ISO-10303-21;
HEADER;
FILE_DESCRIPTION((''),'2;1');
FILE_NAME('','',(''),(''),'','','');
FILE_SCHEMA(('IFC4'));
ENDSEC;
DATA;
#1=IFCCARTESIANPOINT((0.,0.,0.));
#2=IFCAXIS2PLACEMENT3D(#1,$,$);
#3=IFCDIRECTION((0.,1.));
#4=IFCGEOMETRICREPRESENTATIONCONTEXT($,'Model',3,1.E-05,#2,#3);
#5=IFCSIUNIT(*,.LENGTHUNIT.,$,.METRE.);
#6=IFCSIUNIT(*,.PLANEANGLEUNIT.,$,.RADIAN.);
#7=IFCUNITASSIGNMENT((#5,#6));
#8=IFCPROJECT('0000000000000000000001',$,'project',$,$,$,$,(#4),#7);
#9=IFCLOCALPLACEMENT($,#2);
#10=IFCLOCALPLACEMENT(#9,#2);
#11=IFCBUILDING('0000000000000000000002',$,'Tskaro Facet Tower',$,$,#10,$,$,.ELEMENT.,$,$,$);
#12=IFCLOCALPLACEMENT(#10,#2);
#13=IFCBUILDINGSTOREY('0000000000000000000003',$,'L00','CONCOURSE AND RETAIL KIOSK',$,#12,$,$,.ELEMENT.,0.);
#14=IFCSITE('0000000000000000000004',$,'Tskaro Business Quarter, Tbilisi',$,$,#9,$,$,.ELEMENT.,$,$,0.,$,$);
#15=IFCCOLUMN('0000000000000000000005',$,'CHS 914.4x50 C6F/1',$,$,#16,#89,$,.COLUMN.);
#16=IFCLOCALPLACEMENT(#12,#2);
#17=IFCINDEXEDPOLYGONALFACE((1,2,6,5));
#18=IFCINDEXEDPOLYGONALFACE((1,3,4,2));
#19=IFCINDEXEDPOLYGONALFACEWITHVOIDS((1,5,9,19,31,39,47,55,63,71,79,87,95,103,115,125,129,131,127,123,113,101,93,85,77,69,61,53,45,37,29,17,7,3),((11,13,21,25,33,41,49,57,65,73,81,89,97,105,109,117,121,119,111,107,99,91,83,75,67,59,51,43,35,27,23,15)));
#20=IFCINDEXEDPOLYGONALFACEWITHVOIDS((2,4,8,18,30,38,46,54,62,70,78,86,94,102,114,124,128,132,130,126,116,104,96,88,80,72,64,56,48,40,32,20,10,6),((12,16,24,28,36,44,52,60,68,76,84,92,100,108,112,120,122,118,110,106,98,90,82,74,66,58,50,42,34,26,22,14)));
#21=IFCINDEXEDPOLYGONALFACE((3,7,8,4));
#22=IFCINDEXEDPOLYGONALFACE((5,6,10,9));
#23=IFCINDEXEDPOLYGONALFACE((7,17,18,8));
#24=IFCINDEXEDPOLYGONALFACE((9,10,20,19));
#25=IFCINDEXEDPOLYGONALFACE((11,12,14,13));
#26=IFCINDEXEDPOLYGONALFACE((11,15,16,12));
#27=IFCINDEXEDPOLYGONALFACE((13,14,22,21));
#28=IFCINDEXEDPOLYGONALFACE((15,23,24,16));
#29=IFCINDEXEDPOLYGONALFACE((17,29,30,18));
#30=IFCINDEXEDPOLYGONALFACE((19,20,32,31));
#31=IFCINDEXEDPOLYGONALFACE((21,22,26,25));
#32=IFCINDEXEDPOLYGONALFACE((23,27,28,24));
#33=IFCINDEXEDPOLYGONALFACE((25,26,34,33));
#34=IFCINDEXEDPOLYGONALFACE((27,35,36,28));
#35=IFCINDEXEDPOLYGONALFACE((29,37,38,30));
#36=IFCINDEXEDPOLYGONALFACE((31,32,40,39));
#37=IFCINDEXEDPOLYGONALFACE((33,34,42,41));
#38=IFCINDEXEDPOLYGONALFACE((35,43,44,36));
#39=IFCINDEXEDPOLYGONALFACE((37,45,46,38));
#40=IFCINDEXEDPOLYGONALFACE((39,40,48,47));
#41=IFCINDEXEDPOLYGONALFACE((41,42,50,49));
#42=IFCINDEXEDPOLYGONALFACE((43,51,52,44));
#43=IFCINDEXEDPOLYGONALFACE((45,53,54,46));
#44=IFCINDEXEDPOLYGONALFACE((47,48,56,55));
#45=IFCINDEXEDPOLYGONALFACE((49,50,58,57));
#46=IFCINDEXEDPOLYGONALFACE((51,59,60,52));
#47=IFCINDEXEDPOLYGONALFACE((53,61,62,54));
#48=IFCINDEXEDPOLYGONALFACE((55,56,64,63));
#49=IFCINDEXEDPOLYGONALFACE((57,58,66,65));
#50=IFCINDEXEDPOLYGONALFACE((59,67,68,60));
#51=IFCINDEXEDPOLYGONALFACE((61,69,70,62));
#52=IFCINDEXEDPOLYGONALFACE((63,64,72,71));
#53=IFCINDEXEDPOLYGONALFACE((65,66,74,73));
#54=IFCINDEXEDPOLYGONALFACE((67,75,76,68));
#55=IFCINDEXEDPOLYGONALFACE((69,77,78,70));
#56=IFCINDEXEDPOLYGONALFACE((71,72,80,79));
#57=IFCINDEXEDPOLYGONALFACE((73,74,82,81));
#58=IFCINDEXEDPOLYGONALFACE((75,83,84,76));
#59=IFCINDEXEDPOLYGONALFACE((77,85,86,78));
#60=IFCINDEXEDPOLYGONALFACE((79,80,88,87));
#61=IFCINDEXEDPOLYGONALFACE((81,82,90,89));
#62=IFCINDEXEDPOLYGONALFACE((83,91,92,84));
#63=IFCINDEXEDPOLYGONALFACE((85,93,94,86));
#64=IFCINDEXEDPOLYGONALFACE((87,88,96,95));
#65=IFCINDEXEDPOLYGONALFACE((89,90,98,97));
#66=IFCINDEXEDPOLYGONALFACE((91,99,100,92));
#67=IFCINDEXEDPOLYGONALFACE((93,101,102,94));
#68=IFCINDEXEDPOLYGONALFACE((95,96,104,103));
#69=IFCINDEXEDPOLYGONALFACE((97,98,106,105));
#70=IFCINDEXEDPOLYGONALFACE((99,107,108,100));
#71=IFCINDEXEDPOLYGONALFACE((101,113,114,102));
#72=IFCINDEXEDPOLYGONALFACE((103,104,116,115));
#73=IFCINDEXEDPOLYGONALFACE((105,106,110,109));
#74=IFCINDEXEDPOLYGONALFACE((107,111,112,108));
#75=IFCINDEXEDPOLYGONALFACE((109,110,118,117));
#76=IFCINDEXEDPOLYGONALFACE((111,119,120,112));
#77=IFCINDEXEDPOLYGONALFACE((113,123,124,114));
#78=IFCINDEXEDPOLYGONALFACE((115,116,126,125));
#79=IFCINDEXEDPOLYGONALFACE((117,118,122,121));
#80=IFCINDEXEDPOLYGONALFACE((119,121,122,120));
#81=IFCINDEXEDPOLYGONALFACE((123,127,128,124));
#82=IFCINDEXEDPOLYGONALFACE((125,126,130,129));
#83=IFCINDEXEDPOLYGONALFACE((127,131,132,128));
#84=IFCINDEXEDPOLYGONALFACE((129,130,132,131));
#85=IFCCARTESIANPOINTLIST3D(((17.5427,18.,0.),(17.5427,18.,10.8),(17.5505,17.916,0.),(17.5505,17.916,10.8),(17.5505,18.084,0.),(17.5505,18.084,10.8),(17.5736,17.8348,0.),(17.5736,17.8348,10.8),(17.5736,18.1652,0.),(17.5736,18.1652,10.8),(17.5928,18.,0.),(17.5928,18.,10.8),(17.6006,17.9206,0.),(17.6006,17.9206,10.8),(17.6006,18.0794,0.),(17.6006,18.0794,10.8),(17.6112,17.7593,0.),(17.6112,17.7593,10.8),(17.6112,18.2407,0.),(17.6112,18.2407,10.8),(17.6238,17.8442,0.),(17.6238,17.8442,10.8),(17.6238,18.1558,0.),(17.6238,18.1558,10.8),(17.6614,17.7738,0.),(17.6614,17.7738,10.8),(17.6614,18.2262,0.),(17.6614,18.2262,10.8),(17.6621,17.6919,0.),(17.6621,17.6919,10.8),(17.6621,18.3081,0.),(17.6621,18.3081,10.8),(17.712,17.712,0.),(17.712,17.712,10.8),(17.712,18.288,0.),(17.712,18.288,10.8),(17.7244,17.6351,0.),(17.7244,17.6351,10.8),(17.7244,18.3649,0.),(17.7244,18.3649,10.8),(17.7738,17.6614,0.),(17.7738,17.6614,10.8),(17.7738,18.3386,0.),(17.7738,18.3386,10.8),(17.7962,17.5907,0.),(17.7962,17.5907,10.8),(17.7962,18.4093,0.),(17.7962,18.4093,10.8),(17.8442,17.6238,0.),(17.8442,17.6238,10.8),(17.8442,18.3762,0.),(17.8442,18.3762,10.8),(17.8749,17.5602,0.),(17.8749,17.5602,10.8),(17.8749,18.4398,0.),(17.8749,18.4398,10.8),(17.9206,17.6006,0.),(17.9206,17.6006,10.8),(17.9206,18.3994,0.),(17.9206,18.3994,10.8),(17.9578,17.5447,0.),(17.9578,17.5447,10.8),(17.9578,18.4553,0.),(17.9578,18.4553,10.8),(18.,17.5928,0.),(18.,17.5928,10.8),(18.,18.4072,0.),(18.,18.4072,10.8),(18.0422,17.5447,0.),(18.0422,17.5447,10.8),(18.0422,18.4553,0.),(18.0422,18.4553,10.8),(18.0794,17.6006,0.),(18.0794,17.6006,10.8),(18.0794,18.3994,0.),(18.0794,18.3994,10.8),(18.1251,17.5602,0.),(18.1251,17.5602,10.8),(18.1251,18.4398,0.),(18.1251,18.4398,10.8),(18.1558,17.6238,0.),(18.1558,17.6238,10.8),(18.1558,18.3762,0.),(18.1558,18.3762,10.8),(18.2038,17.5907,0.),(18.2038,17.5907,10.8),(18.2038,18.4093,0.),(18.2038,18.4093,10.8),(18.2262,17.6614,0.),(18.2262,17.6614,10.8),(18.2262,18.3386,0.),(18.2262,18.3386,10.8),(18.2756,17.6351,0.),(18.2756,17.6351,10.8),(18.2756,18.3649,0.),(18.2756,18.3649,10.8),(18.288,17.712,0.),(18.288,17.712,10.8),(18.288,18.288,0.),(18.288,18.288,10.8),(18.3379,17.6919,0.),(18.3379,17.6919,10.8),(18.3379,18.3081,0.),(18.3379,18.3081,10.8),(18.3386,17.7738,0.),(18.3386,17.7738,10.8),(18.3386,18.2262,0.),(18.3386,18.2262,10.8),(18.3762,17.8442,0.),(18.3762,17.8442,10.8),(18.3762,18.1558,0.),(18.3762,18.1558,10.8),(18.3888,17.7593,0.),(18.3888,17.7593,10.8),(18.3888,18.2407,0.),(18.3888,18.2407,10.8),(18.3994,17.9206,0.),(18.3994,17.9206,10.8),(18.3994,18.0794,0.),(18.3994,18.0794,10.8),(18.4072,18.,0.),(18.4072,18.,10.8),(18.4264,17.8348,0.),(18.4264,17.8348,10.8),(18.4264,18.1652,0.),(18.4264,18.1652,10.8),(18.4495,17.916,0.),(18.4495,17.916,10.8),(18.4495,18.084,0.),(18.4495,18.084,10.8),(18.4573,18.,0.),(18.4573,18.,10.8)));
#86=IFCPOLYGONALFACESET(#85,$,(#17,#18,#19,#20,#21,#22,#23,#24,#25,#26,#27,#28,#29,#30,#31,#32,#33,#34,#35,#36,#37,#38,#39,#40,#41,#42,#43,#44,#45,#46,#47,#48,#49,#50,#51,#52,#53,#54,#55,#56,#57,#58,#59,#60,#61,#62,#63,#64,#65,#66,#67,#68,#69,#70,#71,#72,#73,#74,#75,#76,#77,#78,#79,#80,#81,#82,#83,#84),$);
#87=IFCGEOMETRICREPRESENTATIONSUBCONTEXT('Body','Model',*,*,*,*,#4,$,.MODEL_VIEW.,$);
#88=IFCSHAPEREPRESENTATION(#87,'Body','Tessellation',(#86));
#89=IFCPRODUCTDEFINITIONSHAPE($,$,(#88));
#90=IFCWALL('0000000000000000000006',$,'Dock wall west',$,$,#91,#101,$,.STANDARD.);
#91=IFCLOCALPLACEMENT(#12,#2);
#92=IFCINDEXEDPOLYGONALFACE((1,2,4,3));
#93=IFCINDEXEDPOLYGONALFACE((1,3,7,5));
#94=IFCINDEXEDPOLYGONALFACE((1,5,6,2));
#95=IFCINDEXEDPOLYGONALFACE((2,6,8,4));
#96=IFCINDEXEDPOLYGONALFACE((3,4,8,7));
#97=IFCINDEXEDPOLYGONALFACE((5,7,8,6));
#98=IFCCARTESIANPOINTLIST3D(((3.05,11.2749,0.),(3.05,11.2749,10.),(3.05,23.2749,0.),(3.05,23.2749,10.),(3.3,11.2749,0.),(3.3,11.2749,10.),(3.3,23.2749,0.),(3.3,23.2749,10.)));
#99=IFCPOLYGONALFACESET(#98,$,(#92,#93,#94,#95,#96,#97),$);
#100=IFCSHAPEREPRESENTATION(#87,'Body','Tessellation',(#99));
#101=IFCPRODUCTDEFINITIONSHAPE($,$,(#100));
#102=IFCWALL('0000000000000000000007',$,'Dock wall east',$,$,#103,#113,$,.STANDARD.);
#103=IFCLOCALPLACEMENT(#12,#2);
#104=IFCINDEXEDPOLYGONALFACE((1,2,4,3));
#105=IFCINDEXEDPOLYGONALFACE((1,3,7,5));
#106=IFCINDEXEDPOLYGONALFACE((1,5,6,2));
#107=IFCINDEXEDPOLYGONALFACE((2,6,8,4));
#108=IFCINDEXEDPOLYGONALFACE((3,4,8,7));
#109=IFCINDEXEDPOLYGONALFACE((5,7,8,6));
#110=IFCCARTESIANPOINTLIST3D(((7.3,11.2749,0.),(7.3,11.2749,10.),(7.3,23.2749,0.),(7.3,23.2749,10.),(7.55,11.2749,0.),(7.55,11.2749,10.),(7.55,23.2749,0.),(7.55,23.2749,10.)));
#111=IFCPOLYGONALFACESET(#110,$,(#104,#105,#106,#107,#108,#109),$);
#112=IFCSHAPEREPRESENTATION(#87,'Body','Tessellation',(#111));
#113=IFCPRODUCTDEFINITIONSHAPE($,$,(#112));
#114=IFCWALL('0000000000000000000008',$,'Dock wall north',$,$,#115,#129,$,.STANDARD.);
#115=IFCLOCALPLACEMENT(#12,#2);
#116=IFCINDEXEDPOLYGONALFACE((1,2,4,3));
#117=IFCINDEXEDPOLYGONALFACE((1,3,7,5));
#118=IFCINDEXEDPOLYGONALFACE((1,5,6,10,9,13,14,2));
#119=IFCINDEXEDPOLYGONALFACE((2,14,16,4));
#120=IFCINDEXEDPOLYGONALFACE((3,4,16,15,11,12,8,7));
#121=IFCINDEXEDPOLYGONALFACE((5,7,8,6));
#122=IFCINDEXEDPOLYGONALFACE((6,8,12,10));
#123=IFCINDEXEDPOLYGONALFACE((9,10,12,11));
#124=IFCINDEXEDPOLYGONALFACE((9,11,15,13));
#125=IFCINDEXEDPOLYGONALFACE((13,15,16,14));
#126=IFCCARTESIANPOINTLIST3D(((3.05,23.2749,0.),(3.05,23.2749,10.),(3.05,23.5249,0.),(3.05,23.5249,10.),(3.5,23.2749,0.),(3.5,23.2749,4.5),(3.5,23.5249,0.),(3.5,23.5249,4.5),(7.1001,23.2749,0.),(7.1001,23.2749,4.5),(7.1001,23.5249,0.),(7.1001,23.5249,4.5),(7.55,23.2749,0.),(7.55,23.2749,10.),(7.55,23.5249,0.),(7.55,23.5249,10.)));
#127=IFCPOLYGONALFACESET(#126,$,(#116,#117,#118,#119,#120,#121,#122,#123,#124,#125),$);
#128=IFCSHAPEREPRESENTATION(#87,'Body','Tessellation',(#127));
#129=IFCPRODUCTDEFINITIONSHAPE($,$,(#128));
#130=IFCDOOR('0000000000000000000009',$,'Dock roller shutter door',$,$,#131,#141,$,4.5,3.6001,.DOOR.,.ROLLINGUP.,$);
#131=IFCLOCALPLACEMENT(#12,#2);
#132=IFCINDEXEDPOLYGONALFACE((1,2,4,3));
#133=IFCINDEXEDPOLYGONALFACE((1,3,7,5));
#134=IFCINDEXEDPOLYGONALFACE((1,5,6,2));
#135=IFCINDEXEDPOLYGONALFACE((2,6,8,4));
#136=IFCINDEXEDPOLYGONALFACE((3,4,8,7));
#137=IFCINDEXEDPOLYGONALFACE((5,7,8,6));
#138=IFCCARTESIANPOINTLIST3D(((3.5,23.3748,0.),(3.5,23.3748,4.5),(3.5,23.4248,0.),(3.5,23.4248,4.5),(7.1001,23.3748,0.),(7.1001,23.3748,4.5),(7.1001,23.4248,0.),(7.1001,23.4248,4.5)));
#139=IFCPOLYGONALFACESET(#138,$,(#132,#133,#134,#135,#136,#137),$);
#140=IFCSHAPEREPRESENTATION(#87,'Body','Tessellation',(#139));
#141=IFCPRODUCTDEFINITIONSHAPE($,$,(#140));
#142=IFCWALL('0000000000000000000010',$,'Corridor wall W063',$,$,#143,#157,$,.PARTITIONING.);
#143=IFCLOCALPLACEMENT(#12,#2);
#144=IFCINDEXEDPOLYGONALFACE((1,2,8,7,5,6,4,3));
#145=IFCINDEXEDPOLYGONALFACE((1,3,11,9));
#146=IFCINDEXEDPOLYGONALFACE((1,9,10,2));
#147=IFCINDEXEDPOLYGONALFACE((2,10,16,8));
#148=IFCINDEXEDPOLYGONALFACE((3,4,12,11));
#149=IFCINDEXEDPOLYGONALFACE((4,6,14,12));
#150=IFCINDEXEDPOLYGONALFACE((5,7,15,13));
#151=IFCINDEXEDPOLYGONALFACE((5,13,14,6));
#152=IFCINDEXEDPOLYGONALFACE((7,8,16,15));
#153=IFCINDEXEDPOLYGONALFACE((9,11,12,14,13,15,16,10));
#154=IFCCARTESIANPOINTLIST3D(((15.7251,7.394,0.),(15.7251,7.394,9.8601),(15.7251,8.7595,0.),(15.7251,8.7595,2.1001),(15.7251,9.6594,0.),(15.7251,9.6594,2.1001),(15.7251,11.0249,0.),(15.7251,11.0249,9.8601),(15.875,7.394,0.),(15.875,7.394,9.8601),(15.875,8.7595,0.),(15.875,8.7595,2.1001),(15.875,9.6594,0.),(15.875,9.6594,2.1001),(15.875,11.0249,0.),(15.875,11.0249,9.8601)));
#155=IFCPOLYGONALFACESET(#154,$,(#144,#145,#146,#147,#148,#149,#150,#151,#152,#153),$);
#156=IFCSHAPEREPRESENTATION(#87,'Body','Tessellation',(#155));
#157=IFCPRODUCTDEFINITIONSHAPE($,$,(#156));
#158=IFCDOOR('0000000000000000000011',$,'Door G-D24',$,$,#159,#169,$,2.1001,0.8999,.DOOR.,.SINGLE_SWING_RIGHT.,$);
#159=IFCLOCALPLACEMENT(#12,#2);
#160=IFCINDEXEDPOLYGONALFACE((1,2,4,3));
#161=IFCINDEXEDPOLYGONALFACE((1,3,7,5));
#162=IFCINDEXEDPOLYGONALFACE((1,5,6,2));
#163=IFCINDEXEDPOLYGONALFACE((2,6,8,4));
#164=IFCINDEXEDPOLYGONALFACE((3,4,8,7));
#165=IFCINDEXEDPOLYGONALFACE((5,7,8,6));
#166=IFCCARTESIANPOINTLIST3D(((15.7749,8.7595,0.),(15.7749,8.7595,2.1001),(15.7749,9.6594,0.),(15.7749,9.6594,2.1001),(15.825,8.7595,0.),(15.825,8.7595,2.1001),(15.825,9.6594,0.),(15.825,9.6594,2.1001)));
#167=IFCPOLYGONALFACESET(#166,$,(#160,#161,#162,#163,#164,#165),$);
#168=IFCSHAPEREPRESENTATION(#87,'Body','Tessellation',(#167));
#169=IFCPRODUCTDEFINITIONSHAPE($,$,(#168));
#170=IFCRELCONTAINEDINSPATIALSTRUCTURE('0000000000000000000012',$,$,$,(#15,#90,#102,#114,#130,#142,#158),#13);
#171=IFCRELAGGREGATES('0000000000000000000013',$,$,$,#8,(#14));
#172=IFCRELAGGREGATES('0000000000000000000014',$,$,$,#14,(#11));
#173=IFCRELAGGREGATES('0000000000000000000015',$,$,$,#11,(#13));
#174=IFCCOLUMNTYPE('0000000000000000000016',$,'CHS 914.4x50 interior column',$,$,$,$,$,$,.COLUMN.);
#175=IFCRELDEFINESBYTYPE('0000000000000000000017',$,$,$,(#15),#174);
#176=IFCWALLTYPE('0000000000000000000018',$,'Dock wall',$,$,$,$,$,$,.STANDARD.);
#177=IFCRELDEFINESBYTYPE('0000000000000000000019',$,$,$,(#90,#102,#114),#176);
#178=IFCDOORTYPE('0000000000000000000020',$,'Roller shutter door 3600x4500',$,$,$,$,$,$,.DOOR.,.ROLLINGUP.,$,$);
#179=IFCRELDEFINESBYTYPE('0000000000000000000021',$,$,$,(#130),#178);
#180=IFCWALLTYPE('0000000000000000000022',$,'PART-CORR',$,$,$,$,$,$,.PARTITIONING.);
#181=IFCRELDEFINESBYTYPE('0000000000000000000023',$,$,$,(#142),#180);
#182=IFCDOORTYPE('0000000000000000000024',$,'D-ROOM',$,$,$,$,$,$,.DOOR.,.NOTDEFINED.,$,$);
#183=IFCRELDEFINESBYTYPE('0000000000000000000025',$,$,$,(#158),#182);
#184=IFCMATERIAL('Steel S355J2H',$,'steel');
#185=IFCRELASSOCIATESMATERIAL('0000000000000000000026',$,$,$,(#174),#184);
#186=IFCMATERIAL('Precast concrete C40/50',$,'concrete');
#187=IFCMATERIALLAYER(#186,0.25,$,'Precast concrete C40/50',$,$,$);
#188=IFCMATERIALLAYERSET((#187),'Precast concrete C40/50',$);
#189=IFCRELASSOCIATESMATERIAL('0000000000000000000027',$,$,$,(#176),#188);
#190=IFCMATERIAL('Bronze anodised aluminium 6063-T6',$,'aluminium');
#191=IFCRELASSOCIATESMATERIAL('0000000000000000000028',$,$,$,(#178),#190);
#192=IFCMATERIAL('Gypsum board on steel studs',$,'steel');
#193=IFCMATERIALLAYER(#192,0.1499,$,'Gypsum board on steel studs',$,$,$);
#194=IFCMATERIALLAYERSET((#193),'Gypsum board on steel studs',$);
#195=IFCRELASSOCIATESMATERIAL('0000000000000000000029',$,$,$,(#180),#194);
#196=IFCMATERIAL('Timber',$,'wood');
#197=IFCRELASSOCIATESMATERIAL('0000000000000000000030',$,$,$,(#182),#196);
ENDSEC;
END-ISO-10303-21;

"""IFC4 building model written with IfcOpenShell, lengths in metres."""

from ifc_helpers import new_model, si_unit, direction, frame, frame_2d, origin, origin_2d, place, context, subcontext, project, spatial, rectangle, hollow_circle, extrude, material, layer, layer_set, material_profile, profile_set, type_object, element, fill, save


model = new_model("IFC4")

# Units and contexts
model_context = context("Model", 3, precision=1e-05, world=origin(), true_north=direction((0.0, 1.0)))
body_context = subcontext(model_context, "Body", "Model", "MODEL_VIEW")
ifc_project = project(units=[si_unit("LENGTHUNIT", "METRE"), si_unit("PLANEANGLEUNIT", "RADIAN")], contexts=[model_context])

# Site, building, storey
site_placement = place(None, origin())
site = spatial("IfcSite", under=ifc_project, at=site_placement, Name="Tskaro Business Quarter, Tbilisi", CompositionType="ELEMENT", RefElevation=0.0)
building_placement = place(site_placement, origin())
building = spatial("IfcBuilding", under=site, at=building_placement, Name="Tskaro Facet Tower", CompositionType="ELEMENT")
storey_placement = place(building_placement, origin())
storey = spatial("IfcBuildingStorey", under=building, at=storey_placement, Name="L00", Description="CONCOURSE AND RETAIL KIOSK", CompositionType="ELEMENT", Elevation=0.0)

# Column
ifc_material_1 = material(Name="Steel S355J2H", Category="steel")
ifc_material_profile_1 = material_profile(ifc_material_1, hollow_circle(Radius=0.4573, WallThickness=0.05, at=origin_2d()), Name="CHS 914.4x50")
ifc_profile_set_1 = profile_set([ifc_material_profile_1], Name="Steel S355J2H")
column_type_1 = type_object("IfcColumnType", Name="CHS 914.4x50 interior column", PredefinedType="COLUMN", material=ifc_profile_set_1)
for number, where, z_axis, x_axis, name in (
    (1, (18.0, 18.0, 0.0), (0.0, 0.0, 1.0), (1.0, 0.0, 0.0), "CHS 914.4x50 C6F/1"),
):
    element("IfcColumn", number, at=place(storey_placement, frame(where, z_axis=z_axis, x_axis=x_axis)), inside=storey, type_object=column_type_1, Name=name, PredefinedType="COLUMN", context=body_context, shape_type="SweptSolid", body=[
        extrude(hollow_circle(Radius=0.4573, WallThickness=0.05, at=origin_2d()), origin(), (0.0, 0.0, 1.0), 10.8),
    ])

# Walls
ifc_material_2 = material(Name="Precast concrete C40/50", Category="concrete")
ifc_layer_1 = layer(ifc_material_2, 0.25, Name="Precast concrete C40/50")
ifc_layer_set_1 = layer_set([ifc_layer_1], Name="Precast concrete C40/50")
wall_type_1 = type_object("IfcWallType", Name="Dock wall", PredefinedType="STANDARD", material=ifc_layer_set_1)
for number, where, z_axis, x_axis, name in (
    (2, (3.175, 11.2749, 0.0), (0.0, 0.0, 1.0), (0.0, 1.0, 0.0), "Dock wall west"),
    (3, (7.425, 11.2749, 0.0), (0.0, 0.0, 1.0), (0.0, 1.0, 0.0), "Dock wall east"),
):
    element("IfcWall", number, at=place(storey_placement, frame(where, z_axis=z_axis, x_axis=x_axis)), inside=storey, type_object=wall_type_1, Name=name, PredefinedType="STANDARD", context=body_context, shape_type="SweptSolid", body=[
        extrude(rectangle(XDim=12.0, YDim=0.25, at=frame_2d((6.0, 0.0))), origin(), (0.0, 0.0, 1.0), 10.0),
    ])

# Walls, openings, doors
wall_1_placement = place(storey_placement, frame((3.05, 23.3999, 0.0), z_axis=(0.0, 0.0, 1.0), x_axis=(1.0, 0.0, 0.0)))
wall_1 = element("IfcWall", 4, at=wall_1_placement, inside=storey, type_object=wall_type_1, Name="Dock wall north", PredefinedType="STANDARD", context=body_context, shape_type="SweptSolid", body=[
    extrude(rectangle(XDim=4.5, YDim=0.25, at=frame_2d((2.25, 0.0))), origin(), (0.0, 0.0, 1.0), 10.0),
])
opening_1_placement = place(wall_1_placement, frame((0.45, 0.0, 0.0)))
opening_1 = element("IfcOpeningElement", 5, at=opening_1_placement, cuts=wall_1, PredefinedType="OPENING", context=body_context, shape_type="SweptSolid", body=[
    extrude(rectangle(XDim=3.6001, YDim=4.5, at=frame_2d((1.8, 2.25))), frame((0.0, 0.135, 0.0), z_axis=(0.0, -1.0, 0.0), x_axis=(1.0, 0.0, 0.0)), (0.0, 0.0, 1.0), 0.27),
])
ifc_material_3 = material(Name="Bronze anodised aluminium 6063-T6", Category="aluminium")
door_type_1 = type_object("IfcDoorType", Name="Roller shutter door 3600x4500", OperationType="ROLLINGUP", PredefinedType="DOOR", material=ifc_material_3)
door_1_placement = place(opening_1_placement, origin())
door_1 = element("IfcDoor", 6, at=door_1_placement, inside=storey, type_object=door_type_1, Name="Dock roller shutter door", OperationType="ROLLINGUP", OverallHeight=4.5, OverallWidth=3.6001, PredefinedType="DOOR", context=body_context, shape_type="SweptSolid", body=[
    extrude(rectangle(XDim=3.6001, YDim=4.5, at=frame_2d((1.8, 2.25))), frame((0.0, 0.0249, 0.0), z_axis=(0.0, -1.0, 0.0), x_axis=(1.0, 0.0, 0.0)), (0.0, 0.0, 1.0), 0.05),
])
fill(opening_1, door_1)
ifc_material_4 = material(Name="Gypsum board on steel studs", Category="steel")
ifc_layer_2 = layer(ifc_material_4, 0.1499, Name="Gypsum board on steel studs")
ifc_layer_set_2 = layer_set([ifc_layer_2], Name="Gypsum board on steel studs")
wall_type_2 = type_object("IfcWallType", Name="PART-CORR", PredefinedType="PARTITIONING", material=ifc_layer_set_2)
wall_2_placement = place(storey_placement, frame((15.8, 11.0249, 0.0), z_axis=(0.0, 0.0, 1.0), x_axis=(0.0, -1.0, 0.0)))
wall_2 = element("IfcWall", 7, at=wall_2_placement, inside=storey, type_object=wall_type_2, Name="Corridor wall W063", PredefinedType="PARTITIONING", context=body_context, shape_type="SweptSolid", body=[
    extrude(rectangle(XDim=3.6309, YDim=0.1499, at=frame_2d((1.8154, 0.0))), origin(), (0.0, 0.0, 1.0), 9.8601),
])
opening_2_placement = place(wall_2_placement, frame((1.3655, 0.0, 0.0)))
opening_2 = element("IfcOpeningElement", 8, at=opening_2_placement, cuts=wall_2, PredefinedType="OPENING", context=body_context, shape_type="SweptSolid", body=[
    extrude(rectangle(XDim=0.8999, YDim=2.1001, at=frame_2d((0.45, 1.05))), frame((0.0, 0.085, 0.0), z_axis=(0.0, -1.0, 0.0), x_axis=(1.0, 0.0, 0.0)), (0.0, 0.0, 1.0), 0.1699),
])
ifc_material_5 = material(Name="Timber", Category="wood")
door_type_2 = type_object("IfcDoorType", Name="D-ROOM", OperationType="NOTDEFINED", PredefinedType="DOOR", material=ifc_material_5)
door_2_placement = place(opening_2_placement, origin())
door_2 = element("IfcDoor", 9, at=door_2_placement, inside=storey, type_object=door_type_2, Name="Door G-D24", OperationType="SINGLE_SWING_RIGHT", OverallHeight=2.1001, OverallWidth=0.8999, PredefinedType="DOOR", context=body_context, shape_type="SweptSolid", body=[
    extrude(rectangle(XDim=0.8999, YDim=2.1001, at=frame_2d((0.45, 1.05))), frame((0.0, 0.0249, 0.0), z_axis=(0.0, -1.0, 0.0), x_axis=(1.0, 0.0, 0.0)), (0.0, 0.0, 1.0), 0.05),
])
fill(opening_2, door_2)

save(model, "model.ifc")
